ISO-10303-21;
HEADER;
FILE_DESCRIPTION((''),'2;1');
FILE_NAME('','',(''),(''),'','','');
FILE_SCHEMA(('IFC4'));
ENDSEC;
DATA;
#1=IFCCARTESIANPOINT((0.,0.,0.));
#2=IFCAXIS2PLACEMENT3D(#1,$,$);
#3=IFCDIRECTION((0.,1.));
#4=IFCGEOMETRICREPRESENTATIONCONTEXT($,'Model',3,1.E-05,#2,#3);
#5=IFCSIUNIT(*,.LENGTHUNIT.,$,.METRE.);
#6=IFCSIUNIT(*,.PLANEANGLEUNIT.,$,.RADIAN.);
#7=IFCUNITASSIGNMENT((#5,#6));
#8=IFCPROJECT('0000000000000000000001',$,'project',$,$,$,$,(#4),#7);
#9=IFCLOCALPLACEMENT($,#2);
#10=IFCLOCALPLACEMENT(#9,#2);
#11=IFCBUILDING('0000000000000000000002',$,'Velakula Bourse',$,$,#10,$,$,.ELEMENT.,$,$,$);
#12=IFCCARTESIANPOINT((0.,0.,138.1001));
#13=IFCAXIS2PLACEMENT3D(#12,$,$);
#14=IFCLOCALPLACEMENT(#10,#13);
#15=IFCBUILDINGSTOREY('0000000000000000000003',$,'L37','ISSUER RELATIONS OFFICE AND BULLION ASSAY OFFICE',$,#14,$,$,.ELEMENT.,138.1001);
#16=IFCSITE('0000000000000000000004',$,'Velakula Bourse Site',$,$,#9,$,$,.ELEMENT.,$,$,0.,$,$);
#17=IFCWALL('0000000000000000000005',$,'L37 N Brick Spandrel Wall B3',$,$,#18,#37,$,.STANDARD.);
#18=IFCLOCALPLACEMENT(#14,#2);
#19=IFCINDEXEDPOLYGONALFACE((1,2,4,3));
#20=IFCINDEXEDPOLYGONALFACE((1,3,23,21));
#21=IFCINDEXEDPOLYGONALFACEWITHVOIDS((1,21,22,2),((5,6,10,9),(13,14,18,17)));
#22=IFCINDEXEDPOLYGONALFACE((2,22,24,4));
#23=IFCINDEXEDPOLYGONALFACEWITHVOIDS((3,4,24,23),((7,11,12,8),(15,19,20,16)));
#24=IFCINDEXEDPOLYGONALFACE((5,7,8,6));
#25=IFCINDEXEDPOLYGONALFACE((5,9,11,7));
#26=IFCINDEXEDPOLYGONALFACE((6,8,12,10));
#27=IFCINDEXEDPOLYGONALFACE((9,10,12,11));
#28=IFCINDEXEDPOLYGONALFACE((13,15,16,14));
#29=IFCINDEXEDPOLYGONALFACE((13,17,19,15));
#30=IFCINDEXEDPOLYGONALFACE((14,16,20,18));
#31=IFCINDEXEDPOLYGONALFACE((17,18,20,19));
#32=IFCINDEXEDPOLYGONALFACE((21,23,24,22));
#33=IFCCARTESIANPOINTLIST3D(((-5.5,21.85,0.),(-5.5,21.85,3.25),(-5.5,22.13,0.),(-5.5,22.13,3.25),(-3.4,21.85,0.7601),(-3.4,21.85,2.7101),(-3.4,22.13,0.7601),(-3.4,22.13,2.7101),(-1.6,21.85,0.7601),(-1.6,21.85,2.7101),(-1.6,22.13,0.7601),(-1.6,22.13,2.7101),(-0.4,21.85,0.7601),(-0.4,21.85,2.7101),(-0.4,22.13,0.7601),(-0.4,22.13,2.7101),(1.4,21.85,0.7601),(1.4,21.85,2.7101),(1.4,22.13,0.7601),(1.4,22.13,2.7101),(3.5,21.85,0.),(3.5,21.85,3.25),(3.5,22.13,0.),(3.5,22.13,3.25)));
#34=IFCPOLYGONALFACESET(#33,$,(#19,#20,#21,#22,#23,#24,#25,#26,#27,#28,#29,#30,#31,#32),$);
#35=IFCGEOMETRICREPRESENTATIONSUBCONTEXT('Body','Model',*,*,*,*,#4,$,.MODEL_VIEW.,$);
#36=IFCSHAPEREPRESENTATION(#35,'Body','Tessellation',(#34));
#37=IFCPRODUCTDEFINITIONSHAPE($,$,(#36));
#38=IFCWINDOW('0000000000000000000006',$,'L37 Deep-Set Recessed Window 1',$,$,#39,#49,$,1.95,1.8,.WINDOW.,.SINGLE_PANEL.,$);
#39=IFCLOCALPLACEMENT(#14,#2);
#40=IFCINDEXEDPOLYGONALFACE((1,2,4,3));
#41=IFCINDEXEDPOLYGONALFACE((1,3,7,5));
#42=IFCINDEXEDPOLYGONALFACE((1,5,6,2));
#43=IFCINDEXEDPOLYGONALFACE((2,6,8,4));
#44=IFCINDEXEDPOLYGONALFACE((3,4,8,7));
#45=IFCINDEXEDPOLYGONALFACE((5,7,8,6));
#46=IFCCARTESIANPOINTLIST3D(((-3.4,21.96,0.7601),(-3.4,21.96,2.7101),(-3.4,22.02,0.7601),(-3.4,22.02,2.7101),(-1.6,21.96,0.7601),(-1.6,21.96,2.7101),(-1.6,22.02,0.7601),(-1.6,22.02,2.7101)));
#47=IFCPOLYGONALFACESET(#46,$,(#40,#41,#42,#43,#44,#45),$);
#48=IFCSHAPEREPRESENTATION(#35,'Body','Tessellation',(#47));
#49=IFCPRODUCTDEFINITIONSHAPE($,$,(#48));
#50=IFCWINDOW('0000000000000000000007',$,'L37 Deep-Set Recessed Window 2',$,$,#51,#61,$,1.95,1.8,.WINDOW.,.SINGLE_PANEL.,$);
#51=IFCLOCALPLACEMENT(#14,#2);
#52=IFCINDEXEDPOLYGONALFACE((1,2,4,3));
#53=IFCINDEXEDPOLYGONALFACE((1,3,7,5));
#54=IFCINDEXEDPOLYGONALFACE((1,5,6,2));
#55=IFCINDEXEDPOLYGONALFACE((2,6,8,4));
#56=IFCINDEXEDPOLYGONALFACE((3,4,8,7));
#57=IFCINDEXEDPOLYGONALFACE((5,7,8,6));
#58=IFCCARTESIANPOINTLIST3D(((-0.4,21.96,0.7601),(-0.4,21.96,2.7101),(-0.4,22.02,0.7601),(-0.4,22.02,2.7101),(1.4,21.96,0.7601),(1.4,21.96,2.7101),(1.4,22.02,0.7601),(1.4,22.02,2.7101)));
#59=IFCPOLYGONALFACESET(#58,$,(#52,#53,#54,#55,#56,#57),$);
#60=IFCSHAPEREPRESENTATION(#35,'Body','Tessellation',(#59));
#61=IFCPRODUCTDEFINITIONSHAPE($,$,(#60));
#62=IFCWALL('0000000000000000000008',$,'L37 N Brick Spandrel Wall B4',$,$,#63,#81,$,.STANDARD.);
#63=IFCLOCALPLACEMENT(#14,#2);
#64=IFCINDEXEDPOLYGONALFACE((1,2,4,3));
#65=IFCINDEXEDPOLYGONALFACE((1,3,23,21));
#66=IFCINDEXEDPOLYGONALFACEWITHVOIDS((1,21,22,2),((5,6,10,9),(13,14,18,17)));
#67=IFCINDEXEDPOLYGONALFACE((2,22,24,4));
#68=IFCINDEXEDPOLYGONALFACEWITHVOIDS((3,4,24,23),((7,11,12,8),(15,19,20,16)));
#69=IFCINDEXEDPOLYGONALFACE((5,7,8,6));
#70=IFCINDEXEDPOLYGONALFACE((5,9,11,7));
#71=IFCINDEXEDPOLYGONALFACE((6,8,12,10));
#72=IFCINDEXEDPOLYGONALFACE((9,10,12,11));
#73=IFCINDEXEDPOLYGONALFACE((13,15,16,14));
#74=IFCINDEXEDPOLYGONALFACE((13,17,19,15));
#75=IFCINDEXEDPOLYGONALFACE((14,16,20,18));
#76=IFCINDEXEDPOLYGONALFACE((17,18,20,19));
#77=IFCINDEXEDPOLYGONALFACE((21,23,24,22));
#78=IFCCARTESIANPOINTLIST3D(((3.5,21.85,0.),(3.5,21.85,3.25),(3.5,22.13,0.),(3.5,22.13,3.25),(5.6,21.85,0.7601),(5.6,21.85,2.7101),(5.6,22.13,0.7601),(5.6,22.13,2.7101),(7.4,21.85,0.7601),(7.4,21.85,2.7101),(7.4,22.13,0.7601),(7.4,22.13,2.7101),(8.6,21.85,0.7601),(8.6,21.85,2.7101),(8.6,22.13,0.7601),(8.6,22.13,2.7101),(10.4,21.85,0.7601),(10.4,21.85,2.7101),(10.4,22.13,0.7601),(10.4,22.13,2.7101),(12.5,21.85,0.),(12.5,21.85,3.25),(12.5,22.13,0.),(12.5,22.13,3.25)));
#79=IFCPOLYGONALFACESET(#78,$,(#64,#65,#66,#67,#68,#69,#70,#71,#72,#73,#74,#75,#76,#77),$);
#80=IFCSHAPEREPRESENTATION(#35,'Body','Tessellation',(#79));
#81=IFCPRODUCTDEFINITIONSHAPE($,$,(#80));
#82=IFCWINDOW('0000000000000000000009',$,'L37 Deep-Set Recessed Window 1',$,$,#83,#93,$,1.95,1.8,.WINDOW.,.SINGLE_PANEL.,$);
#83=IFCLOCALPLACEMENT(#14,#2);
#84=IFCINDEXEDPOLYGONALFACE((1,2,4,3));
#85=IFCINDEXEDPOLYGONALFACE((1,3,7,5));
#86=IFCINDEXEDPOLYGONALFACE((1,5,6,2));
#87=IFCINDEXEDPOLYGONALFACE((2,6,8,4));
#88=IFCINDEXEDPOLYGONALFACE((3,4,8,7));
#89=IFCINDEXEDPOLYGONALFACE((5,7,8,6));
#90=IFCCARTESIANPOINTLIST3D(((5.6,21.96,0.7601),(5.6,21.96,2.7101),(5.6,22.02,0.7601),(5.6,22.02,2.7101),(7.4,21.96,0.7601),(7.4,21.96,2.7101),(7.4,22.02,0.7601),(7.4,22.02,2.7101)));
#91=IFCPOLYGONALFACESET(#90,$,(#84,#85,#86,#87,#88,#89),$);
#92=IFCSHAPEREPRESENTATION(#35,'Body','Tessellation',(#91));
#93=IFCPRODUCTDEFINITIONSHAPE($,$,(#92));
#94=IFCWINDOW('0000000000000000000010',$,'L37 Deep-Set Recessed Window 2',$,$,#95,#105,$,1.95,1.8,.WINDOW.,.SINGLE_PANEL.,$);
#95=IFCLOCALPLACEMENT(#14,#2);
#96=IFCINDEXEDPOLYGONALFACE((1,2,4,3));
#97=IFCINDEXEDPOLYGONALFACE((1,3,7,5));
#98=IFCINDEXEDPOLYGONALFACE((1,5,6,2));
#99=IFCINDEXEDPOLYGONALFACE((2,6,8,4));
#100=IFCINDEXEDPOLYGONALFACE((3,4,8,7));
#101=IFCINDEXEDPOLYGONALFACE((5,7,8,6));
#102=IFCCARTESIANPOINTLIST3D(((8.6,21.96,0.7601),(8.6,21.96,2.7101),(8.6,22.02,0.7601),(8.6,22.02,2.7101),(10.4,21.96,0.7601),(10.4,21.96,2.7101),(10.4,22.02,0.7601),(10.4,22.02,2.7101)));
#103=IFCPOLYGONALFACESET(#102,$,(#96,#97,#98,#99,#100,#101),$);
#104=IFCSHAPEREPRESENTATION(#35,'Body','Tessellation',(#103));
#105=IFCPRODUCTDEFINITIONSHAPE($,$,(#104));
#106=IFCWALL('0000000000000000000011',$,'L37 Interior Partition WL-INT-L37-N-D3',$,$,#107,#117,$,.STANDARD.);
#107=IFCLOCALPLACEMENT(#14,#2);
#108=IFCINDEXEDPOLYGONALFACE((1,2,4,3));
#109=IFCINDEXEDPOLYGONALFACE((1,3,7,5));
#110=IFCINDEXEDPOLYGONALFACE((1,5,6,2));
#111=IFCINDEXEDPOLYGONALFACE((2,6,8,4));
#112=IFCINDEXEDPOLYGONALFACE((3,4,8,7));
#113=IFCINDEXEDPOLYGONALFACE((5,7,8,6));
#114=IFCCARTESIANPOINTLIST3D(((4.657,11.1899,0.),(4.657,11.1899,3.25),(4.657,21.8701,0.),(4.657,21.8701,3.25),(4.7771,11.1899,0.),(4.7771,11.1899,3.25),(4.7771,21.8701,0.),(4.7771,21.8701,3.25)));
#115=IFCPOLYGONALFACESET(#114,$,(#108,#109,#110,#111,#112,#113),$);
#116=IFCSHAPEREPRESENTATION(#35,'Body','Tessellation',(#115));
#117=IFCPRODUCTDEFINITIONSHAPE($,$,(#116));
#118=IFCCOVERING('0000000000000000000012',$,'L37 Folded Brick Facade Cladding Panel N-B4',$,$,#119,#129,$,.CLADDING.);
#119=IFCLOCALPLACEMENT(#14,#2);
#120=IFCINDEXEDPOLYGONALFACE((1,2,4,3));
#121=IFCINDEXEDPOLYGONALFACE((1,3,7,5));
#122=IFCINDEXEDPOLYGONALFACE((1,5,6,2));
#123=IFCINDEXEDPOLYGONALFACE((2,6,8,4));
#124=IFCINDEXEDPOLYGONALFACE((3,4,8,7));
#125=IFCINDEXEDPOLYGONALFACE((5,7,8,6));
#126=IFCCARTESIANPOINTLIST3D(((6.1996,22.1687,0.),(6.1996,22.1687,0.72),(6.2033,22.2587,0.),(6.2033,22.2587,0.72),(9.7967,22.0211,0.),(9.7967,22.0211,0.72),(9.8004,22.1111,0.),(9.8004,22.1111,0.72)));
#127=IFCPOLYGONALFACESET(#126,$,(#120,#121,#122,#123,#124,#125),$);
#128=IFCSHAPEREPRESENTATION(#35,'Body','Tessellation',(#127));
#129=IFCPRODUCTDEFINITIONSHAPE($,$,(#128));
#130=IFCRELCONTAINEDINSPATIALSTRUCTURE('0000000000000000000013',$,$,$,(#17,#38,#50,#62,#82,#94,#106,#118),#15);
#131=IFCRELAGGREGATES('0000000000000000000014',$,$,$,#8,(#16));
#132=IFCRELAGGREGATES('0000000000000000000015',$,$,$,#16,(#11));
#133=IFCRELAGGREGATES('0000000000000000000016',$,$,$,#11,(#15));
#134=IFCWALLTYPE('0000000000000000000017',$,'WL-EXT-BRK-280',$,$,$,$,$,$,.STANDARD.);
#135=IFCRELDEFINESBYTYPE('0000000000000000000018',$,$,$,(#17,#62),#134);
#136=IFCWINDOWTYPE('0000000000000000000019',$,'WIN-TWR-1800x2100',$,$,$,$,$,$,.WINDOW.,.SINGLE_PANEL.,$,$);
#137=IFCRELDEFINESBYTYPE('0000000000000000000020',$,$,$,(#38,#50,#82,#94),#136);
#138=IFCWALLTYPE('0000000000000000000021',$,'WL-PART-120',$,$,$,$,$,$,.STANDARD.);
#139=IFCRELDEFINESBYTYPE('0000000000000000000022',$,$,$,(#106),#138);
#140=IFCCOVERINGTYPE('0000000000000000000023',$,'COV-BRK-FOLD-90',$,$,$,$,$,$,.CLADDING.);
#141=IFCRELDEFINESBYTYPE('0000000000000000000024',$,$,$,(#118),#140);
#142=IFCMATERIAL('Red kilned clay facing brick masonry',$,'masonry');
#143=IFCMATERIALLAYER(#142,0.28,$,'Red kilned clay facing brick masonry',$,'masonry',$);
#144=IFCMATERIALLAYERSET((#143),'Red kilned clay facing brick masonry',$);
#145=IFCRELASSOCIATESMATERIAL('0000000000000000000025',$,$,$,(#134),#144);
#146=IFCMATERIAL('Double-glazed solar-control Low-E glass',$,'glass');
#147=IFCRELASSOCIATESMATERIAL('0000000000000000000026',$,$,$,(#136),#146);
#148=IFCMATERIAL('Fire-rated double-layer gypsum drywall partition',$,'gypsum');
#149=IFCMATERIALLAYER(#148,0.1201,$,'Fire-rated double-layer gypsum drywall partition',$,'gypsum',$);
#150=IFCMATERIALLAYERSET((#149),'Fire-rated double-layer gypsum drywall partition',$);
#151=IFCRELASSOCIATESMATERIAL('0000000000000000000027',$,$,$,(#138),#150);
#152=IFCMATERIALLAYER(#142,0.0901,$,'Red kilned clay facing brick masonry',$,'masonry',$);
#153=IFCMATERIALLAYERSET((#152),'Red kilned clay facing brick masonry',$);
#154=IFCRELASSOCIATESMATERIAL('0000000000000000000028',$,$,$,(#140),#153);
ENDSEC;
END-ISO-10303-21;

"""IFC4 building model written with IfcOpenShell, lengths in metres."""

from ifc_helpers import new_model, si_unit, direction, frame, frame_2d, origin, origin_2d, place, context, subcontext, project, spatial, rectangle, extrude, material, layer, layer_set, type_object, element, fill, save


model = new_model("IFC4")

# Units and contexts
model_context = context("Model", 3, precision=1e-05, world=origin(), true_north=direction((0.0, 1.0)))
body_context = subcontext(model_context, "Body", "Model", "MODEL_VIEW")
ifc_project = project(units=[si_unit("LENGTHUNIT", "METRE"), si_unit("PLANEANGLEUNIT", "RADIAN")], contexts=[model_context])

# Site, building, storey
site_placement = place(None, origin())
site = spatial("IfcSite", under=ifc_project, at=site_placement, Name="Velakula Bourse Site", CompositionType="ELEMENT", RefElevation=0.0)
building_placement = place(site_placement, origin())
building = spatial("IfcBuilding", under=site, at=building_placement, Name="Velakula Bourse", CompositionType="ELEMENT")
storey_placement = place(building_placement, frame((0.0, 0.0, 138.1001)))
storey = spatial("IfcBuildingStorey", under=building, at=storey_placement, Name="L37", Description="ISSUER RELATIONS OFFICE AND BULLION ASSAY OFFICE", CompositionType="ELEMENT", Elevation=138.1001)

# Walls, openings, windows
ifc_material_1 = material(Name="Red kilned clay facing brick masonry", Category="masonry")
ifc_layer_1 = layer(ifc_material_1, 0.28, Name="Red kilned clay facing brick masonry", Category="masonry")
ifc_layer_set_1 = layer_set([ifc_layer_1], Name="Red kilned clay facing brick masonry")
wall_type_1 = type_object("IfcWallType", Name="WL-EXT-BRK-280", PredefinedType="STANDARD", material=ifc_layer_set_1)
wall_1_placement = place(storey_placement, frame((-5.5, 21.99, 0.0), z_axis=(0.0, 0.0, 1.0), x_axis=(1.0, 0.0, 0.0)))
wall_1 = element("IfcWall", 1, at=wall_1_placement, inside=storey, type_object=wall_type_1, Name="L37 N Brick Spandrel Wall B3", PredefinedType="STANDARD", context=body_context, shape_type="SweptSolid", body=[
    extrude(rectangle(XDim=9.0, YDim=0.28, at=frame_2d((4.5, 0.0))), origin(), (0.0, 0.0, 1.0), 3.25),
])
opening_1_placement = place(wall_1_placement, frame((2.1001, 0.0, 0.76)))
opening_1 = element("IfcOpeningElement", 2, at=opening_1_placement, cuts=wall_1, PredefinedType="OPENING", context=body_context, shape_type="SweptSolid", body=[
    extrude(rectangle(XDim=1.8, YDim=1.95, at=frame_2d((0.8999, 0.9751))), frame((0.0, 0.1499, 0.0), z_axis=(0.0, -1.0, 0.0), x_axis=(1.0, 0.0, 0.0)), (0.0, 0.0, 1.0), 0.3),
])
opening_2_placement = place(wall_1_placement, frame((5.1001, 0.0, 0.76)))
opening_2 = element("IfcOpeningElement", 3, at=opening_2_placement, cuts=wall_1, PredefinedType="OPENING", context=body_context, shape_type="SweptSolid", body=[
    extrude(rectangle(XDim=1.8, YDim=1.95, at=frame_2d((0.8999, 0.9751))), frame((0.0, 0.1499, 0.0), z_axis=(0.0, -1.0, 0.0), x_axis=(1.0, 0.0, 0.0)), (0.0, 0.0, 1.0), 0.3),
])
ifc_material_2 = material(Name="Double-glazed solar-control Low-E glass", Category="glass")
window_type = type_object("IfcWindowType", Name="WIN-TWR-1800x2100", PartitioningType="SINGLE_PANEL", PredefinedType="WINDOW", material=ifc_material_2)
window_1_placement = place(opening_1_placement, origin())
window_1 = element("IfcWindow", 4, at=window_1_placement, inside=storey, type_object=window_type, Name="L37 Deep-Set Recessed Window 1", OverallHeight=1.95, OverallWidth=1.8, PartitioningType="SINGLE_PANEL", PredefinedType="WINDOW", context=body_context, shape_type="SweptSolid", body=[
    extrude(rectangle(XDim=1.8, YDim=1.95, at=frame_2d((0.8999, 0.9751))), frame((0.0, 0.03, 0.0), z_axis=(0.0, -1.0, 0.0), x_axis=(1.0, 0.0, 0.0)), (0.0, 0.0, 1.0), 0.0601),
])
fill(opening_1, window_1)
window_2_placement = place(opening_2_placement, origin())
window_2 = element("IfcWindow", 5, at=window_2_placement, inside=storey, type_object=window_type, Name="L37 Deep-Set Recessed Window 2", OverallHeight=1.95, OverallWidth=1.8, PartitioningType="SINGLE_PANEL", PredefinedType="WINDOW", context=body_context, shape_type="SweptSolid", body=[
    extrude(rectangle(XDim=1.8, YDim=1.95, at=frame_2d((0.8999, 0.9751))), frame((0.0, 0.03, 0.0), z_axis=(0.0, -1.0, 0.0), x_axis=(1.0, 0.0, 0.0)), (0.0, 0.0, 1.0), 0.0601),
])
fill(opening_2, window_2)
wall_2_placement = place(storey_placement, frame((3.5, 21.99, 0.0), z_axis=(0.0, 0.0, 1.0), x_axis=(1.0, 0.0, 0.0)))
wall_2 = element("IfcWall", 6, at=wall_2_placement, inside=storey, type_object=wall_type_1, Name="L37 N Brick Spandrel Wall B4", PredefinedType="STANDARD", context=body_context, shape_type="SweptSolid", body=[
    extrude(rectangle(XDim=9.0, YDim=0.28, at=frame_2d((4.5, 0.0))), origin(), (0.0, 0.0, 1.0), 3.25),
])
opening_3_placement = place(wall_2_placement, frame((2.1001, 0.0, 0.76)))
opening_3 = element("IfcOpeningElement", 7, at=opening_3_placement, cuts=wall_2, PredefinedType="OPENING", context=body_context, shape_type="SweptSolid", body=[
    extrude(rectangle(XDim=1.8, YDim=1.95, at=frame_2d((0.8999, 0.9751))), frame((0.0, 0.1499, 0.0), z_axis=(0.0, -1.0, 0.0), x_axis=(1.0, 0.0, 0.0)), (0.0, 0.0, 1.0), 0.3),
])
opening_4_placement = place(wall_2_placement, frame((5.1001, 0.0, 0.76)))
opening_4 = element("IfcOpeningElement", 8, at=opening_4_placement, cuts=wall_2, PredefinedType="OPENING", context=body_context, shape_type="SweptSolid", body=[
    extrude(rectangle(XDim=1.8, YDim=1.95, at=frame_2d((0.8999, 0.9751))), frame((0.0, 0.1499, 0.0), z_axis=(0.0, -1.0, 0.0), x_axis=(1.0, 0.0, 0.0)), (0.0, 0.0, 1.0), 0.3),
])
window_3_placement = place(opening_3_placement, origin())
window_3 = element("IfcWindow", 9, at=window_3_placement, inside=storey, type_object=window_type, Name="L37 Deep-Set Recessed Window 1", OverallHeight=1.95, OverallWidth=1.8, PartitioningType="SINGLE_PANEL", PredefinedType="WINDOW", context=body_context, shape_type="SweptSolid", body=[
    extrude(rectangle(XDim=1.8, YDim=1.95, at=frame_2d((0.8999, 0.9751))), frame((0.0, 0.03, 0.0), z_axis=(0.0, -1.0, 0.0), x_axis=(1.0, 0.0, 0.0)), (0.0, 0.0, 1.0), 0.0601),
])
fill(opening_3, window_3)
window_4_placement = place(opening_4_placement, origin())
window_4 = element("IfcWindow", 10, at=window_4_placement, inside=storey, type_object=window_type, Name="L37 Deep-Set Recessed Window 2", OverallHeight=1.95, OverallWidth=1.8, PartitioningType="SINGLE_PANEL", PredefinedType="WINDOW", context=body_context, shape_type="SweptSolid", body=[
    extrude(rectangle(XDim=1.8, YDim=1.95, at=frame_2d((0.8999, 0.9751))), frame((0.0, 0.03, 0.0), z_axis=(0.0, -1.0, 0.0), x_axis=(1.0, 0.0, 0.0)), (0.0, 0.0, 1.0), 0.0601),
])
fill(opening_4, window_4)

# Wall
ifc_material_3 = material(Name="Fire-rated double-layer gypsum drywall partition", Category="gypsum")
ifc_layer_2 = layer(ifc_material_3, 0.1201, Name="Fire-rated double-layer gypsum drywall partition", Category="gypsum")
ifc_layer_set_2 = layer_set([ifc_layer_2], Name="Fire-rated double-layer gypsum drywall partition")
wall_type_2 = type_object("IfcWallType", Name="WL-PART-120", PredefinedType="STANDARD", material=ifc_layer_set_2)
wall_3_placement = place(storey_placement, frame((4.717, 11.1899, 0.0), z_axis=(0.0, 0.0, 1.0), x_axis=(0.0, 1.0, 0.0)))
element("IfcWall", 11, at=wall_3_placement, inside=storey, type_object=wall_type_2, Name="L37 Interior Partition WL-INT-L37-N-D3", PredefinedType="STANDARD", context=body_context, shape_type="SweptSolid", body=[
    extrude(rectangle(XDim=10.6802, YDim=0.1201, at=frame_2d((5.3401, 0.0))), origin(), (0.0, 0.0, 1.0), 3.25),
])

# Covering
ifc_layer_3 = layer(ifc_material_1, 0.0901, Name="Red kilned clay facing brick masonry", Category="masonry")
ifc_layer_set_3 = layer_set([ifc_layer_3], Name="Red kilned clay facing brick masonry")
covering_type = type_object("IfcCoveringType", Name="COV-BRK-FOLD-90", PredefinedType="CLADDING", material=ifc_layer_set_3)
covering_placement = place(storey_placement, frame((8.0, 22.1399, 0.0), z_axis=(0.0, 0.0, 1.0), x_axis=(0.999159, -0.041004, 0.0)))
element("IfcCovering", 12, at=covering_placement, inside=storey, type_object=covering_type, Name="L37 Folded Brick Facade Cladding Panel N-B4", PredefinedType="CLADDING", context=body_context, shape_type="SweptSolid", body=[
    extrude(rectangle(XDim=3.6001, YDim=0.0901, at=origin_2d()), origin(), (0.0, 0.0, 1.0), 0.72),
])

save(model, "model.ifc")
